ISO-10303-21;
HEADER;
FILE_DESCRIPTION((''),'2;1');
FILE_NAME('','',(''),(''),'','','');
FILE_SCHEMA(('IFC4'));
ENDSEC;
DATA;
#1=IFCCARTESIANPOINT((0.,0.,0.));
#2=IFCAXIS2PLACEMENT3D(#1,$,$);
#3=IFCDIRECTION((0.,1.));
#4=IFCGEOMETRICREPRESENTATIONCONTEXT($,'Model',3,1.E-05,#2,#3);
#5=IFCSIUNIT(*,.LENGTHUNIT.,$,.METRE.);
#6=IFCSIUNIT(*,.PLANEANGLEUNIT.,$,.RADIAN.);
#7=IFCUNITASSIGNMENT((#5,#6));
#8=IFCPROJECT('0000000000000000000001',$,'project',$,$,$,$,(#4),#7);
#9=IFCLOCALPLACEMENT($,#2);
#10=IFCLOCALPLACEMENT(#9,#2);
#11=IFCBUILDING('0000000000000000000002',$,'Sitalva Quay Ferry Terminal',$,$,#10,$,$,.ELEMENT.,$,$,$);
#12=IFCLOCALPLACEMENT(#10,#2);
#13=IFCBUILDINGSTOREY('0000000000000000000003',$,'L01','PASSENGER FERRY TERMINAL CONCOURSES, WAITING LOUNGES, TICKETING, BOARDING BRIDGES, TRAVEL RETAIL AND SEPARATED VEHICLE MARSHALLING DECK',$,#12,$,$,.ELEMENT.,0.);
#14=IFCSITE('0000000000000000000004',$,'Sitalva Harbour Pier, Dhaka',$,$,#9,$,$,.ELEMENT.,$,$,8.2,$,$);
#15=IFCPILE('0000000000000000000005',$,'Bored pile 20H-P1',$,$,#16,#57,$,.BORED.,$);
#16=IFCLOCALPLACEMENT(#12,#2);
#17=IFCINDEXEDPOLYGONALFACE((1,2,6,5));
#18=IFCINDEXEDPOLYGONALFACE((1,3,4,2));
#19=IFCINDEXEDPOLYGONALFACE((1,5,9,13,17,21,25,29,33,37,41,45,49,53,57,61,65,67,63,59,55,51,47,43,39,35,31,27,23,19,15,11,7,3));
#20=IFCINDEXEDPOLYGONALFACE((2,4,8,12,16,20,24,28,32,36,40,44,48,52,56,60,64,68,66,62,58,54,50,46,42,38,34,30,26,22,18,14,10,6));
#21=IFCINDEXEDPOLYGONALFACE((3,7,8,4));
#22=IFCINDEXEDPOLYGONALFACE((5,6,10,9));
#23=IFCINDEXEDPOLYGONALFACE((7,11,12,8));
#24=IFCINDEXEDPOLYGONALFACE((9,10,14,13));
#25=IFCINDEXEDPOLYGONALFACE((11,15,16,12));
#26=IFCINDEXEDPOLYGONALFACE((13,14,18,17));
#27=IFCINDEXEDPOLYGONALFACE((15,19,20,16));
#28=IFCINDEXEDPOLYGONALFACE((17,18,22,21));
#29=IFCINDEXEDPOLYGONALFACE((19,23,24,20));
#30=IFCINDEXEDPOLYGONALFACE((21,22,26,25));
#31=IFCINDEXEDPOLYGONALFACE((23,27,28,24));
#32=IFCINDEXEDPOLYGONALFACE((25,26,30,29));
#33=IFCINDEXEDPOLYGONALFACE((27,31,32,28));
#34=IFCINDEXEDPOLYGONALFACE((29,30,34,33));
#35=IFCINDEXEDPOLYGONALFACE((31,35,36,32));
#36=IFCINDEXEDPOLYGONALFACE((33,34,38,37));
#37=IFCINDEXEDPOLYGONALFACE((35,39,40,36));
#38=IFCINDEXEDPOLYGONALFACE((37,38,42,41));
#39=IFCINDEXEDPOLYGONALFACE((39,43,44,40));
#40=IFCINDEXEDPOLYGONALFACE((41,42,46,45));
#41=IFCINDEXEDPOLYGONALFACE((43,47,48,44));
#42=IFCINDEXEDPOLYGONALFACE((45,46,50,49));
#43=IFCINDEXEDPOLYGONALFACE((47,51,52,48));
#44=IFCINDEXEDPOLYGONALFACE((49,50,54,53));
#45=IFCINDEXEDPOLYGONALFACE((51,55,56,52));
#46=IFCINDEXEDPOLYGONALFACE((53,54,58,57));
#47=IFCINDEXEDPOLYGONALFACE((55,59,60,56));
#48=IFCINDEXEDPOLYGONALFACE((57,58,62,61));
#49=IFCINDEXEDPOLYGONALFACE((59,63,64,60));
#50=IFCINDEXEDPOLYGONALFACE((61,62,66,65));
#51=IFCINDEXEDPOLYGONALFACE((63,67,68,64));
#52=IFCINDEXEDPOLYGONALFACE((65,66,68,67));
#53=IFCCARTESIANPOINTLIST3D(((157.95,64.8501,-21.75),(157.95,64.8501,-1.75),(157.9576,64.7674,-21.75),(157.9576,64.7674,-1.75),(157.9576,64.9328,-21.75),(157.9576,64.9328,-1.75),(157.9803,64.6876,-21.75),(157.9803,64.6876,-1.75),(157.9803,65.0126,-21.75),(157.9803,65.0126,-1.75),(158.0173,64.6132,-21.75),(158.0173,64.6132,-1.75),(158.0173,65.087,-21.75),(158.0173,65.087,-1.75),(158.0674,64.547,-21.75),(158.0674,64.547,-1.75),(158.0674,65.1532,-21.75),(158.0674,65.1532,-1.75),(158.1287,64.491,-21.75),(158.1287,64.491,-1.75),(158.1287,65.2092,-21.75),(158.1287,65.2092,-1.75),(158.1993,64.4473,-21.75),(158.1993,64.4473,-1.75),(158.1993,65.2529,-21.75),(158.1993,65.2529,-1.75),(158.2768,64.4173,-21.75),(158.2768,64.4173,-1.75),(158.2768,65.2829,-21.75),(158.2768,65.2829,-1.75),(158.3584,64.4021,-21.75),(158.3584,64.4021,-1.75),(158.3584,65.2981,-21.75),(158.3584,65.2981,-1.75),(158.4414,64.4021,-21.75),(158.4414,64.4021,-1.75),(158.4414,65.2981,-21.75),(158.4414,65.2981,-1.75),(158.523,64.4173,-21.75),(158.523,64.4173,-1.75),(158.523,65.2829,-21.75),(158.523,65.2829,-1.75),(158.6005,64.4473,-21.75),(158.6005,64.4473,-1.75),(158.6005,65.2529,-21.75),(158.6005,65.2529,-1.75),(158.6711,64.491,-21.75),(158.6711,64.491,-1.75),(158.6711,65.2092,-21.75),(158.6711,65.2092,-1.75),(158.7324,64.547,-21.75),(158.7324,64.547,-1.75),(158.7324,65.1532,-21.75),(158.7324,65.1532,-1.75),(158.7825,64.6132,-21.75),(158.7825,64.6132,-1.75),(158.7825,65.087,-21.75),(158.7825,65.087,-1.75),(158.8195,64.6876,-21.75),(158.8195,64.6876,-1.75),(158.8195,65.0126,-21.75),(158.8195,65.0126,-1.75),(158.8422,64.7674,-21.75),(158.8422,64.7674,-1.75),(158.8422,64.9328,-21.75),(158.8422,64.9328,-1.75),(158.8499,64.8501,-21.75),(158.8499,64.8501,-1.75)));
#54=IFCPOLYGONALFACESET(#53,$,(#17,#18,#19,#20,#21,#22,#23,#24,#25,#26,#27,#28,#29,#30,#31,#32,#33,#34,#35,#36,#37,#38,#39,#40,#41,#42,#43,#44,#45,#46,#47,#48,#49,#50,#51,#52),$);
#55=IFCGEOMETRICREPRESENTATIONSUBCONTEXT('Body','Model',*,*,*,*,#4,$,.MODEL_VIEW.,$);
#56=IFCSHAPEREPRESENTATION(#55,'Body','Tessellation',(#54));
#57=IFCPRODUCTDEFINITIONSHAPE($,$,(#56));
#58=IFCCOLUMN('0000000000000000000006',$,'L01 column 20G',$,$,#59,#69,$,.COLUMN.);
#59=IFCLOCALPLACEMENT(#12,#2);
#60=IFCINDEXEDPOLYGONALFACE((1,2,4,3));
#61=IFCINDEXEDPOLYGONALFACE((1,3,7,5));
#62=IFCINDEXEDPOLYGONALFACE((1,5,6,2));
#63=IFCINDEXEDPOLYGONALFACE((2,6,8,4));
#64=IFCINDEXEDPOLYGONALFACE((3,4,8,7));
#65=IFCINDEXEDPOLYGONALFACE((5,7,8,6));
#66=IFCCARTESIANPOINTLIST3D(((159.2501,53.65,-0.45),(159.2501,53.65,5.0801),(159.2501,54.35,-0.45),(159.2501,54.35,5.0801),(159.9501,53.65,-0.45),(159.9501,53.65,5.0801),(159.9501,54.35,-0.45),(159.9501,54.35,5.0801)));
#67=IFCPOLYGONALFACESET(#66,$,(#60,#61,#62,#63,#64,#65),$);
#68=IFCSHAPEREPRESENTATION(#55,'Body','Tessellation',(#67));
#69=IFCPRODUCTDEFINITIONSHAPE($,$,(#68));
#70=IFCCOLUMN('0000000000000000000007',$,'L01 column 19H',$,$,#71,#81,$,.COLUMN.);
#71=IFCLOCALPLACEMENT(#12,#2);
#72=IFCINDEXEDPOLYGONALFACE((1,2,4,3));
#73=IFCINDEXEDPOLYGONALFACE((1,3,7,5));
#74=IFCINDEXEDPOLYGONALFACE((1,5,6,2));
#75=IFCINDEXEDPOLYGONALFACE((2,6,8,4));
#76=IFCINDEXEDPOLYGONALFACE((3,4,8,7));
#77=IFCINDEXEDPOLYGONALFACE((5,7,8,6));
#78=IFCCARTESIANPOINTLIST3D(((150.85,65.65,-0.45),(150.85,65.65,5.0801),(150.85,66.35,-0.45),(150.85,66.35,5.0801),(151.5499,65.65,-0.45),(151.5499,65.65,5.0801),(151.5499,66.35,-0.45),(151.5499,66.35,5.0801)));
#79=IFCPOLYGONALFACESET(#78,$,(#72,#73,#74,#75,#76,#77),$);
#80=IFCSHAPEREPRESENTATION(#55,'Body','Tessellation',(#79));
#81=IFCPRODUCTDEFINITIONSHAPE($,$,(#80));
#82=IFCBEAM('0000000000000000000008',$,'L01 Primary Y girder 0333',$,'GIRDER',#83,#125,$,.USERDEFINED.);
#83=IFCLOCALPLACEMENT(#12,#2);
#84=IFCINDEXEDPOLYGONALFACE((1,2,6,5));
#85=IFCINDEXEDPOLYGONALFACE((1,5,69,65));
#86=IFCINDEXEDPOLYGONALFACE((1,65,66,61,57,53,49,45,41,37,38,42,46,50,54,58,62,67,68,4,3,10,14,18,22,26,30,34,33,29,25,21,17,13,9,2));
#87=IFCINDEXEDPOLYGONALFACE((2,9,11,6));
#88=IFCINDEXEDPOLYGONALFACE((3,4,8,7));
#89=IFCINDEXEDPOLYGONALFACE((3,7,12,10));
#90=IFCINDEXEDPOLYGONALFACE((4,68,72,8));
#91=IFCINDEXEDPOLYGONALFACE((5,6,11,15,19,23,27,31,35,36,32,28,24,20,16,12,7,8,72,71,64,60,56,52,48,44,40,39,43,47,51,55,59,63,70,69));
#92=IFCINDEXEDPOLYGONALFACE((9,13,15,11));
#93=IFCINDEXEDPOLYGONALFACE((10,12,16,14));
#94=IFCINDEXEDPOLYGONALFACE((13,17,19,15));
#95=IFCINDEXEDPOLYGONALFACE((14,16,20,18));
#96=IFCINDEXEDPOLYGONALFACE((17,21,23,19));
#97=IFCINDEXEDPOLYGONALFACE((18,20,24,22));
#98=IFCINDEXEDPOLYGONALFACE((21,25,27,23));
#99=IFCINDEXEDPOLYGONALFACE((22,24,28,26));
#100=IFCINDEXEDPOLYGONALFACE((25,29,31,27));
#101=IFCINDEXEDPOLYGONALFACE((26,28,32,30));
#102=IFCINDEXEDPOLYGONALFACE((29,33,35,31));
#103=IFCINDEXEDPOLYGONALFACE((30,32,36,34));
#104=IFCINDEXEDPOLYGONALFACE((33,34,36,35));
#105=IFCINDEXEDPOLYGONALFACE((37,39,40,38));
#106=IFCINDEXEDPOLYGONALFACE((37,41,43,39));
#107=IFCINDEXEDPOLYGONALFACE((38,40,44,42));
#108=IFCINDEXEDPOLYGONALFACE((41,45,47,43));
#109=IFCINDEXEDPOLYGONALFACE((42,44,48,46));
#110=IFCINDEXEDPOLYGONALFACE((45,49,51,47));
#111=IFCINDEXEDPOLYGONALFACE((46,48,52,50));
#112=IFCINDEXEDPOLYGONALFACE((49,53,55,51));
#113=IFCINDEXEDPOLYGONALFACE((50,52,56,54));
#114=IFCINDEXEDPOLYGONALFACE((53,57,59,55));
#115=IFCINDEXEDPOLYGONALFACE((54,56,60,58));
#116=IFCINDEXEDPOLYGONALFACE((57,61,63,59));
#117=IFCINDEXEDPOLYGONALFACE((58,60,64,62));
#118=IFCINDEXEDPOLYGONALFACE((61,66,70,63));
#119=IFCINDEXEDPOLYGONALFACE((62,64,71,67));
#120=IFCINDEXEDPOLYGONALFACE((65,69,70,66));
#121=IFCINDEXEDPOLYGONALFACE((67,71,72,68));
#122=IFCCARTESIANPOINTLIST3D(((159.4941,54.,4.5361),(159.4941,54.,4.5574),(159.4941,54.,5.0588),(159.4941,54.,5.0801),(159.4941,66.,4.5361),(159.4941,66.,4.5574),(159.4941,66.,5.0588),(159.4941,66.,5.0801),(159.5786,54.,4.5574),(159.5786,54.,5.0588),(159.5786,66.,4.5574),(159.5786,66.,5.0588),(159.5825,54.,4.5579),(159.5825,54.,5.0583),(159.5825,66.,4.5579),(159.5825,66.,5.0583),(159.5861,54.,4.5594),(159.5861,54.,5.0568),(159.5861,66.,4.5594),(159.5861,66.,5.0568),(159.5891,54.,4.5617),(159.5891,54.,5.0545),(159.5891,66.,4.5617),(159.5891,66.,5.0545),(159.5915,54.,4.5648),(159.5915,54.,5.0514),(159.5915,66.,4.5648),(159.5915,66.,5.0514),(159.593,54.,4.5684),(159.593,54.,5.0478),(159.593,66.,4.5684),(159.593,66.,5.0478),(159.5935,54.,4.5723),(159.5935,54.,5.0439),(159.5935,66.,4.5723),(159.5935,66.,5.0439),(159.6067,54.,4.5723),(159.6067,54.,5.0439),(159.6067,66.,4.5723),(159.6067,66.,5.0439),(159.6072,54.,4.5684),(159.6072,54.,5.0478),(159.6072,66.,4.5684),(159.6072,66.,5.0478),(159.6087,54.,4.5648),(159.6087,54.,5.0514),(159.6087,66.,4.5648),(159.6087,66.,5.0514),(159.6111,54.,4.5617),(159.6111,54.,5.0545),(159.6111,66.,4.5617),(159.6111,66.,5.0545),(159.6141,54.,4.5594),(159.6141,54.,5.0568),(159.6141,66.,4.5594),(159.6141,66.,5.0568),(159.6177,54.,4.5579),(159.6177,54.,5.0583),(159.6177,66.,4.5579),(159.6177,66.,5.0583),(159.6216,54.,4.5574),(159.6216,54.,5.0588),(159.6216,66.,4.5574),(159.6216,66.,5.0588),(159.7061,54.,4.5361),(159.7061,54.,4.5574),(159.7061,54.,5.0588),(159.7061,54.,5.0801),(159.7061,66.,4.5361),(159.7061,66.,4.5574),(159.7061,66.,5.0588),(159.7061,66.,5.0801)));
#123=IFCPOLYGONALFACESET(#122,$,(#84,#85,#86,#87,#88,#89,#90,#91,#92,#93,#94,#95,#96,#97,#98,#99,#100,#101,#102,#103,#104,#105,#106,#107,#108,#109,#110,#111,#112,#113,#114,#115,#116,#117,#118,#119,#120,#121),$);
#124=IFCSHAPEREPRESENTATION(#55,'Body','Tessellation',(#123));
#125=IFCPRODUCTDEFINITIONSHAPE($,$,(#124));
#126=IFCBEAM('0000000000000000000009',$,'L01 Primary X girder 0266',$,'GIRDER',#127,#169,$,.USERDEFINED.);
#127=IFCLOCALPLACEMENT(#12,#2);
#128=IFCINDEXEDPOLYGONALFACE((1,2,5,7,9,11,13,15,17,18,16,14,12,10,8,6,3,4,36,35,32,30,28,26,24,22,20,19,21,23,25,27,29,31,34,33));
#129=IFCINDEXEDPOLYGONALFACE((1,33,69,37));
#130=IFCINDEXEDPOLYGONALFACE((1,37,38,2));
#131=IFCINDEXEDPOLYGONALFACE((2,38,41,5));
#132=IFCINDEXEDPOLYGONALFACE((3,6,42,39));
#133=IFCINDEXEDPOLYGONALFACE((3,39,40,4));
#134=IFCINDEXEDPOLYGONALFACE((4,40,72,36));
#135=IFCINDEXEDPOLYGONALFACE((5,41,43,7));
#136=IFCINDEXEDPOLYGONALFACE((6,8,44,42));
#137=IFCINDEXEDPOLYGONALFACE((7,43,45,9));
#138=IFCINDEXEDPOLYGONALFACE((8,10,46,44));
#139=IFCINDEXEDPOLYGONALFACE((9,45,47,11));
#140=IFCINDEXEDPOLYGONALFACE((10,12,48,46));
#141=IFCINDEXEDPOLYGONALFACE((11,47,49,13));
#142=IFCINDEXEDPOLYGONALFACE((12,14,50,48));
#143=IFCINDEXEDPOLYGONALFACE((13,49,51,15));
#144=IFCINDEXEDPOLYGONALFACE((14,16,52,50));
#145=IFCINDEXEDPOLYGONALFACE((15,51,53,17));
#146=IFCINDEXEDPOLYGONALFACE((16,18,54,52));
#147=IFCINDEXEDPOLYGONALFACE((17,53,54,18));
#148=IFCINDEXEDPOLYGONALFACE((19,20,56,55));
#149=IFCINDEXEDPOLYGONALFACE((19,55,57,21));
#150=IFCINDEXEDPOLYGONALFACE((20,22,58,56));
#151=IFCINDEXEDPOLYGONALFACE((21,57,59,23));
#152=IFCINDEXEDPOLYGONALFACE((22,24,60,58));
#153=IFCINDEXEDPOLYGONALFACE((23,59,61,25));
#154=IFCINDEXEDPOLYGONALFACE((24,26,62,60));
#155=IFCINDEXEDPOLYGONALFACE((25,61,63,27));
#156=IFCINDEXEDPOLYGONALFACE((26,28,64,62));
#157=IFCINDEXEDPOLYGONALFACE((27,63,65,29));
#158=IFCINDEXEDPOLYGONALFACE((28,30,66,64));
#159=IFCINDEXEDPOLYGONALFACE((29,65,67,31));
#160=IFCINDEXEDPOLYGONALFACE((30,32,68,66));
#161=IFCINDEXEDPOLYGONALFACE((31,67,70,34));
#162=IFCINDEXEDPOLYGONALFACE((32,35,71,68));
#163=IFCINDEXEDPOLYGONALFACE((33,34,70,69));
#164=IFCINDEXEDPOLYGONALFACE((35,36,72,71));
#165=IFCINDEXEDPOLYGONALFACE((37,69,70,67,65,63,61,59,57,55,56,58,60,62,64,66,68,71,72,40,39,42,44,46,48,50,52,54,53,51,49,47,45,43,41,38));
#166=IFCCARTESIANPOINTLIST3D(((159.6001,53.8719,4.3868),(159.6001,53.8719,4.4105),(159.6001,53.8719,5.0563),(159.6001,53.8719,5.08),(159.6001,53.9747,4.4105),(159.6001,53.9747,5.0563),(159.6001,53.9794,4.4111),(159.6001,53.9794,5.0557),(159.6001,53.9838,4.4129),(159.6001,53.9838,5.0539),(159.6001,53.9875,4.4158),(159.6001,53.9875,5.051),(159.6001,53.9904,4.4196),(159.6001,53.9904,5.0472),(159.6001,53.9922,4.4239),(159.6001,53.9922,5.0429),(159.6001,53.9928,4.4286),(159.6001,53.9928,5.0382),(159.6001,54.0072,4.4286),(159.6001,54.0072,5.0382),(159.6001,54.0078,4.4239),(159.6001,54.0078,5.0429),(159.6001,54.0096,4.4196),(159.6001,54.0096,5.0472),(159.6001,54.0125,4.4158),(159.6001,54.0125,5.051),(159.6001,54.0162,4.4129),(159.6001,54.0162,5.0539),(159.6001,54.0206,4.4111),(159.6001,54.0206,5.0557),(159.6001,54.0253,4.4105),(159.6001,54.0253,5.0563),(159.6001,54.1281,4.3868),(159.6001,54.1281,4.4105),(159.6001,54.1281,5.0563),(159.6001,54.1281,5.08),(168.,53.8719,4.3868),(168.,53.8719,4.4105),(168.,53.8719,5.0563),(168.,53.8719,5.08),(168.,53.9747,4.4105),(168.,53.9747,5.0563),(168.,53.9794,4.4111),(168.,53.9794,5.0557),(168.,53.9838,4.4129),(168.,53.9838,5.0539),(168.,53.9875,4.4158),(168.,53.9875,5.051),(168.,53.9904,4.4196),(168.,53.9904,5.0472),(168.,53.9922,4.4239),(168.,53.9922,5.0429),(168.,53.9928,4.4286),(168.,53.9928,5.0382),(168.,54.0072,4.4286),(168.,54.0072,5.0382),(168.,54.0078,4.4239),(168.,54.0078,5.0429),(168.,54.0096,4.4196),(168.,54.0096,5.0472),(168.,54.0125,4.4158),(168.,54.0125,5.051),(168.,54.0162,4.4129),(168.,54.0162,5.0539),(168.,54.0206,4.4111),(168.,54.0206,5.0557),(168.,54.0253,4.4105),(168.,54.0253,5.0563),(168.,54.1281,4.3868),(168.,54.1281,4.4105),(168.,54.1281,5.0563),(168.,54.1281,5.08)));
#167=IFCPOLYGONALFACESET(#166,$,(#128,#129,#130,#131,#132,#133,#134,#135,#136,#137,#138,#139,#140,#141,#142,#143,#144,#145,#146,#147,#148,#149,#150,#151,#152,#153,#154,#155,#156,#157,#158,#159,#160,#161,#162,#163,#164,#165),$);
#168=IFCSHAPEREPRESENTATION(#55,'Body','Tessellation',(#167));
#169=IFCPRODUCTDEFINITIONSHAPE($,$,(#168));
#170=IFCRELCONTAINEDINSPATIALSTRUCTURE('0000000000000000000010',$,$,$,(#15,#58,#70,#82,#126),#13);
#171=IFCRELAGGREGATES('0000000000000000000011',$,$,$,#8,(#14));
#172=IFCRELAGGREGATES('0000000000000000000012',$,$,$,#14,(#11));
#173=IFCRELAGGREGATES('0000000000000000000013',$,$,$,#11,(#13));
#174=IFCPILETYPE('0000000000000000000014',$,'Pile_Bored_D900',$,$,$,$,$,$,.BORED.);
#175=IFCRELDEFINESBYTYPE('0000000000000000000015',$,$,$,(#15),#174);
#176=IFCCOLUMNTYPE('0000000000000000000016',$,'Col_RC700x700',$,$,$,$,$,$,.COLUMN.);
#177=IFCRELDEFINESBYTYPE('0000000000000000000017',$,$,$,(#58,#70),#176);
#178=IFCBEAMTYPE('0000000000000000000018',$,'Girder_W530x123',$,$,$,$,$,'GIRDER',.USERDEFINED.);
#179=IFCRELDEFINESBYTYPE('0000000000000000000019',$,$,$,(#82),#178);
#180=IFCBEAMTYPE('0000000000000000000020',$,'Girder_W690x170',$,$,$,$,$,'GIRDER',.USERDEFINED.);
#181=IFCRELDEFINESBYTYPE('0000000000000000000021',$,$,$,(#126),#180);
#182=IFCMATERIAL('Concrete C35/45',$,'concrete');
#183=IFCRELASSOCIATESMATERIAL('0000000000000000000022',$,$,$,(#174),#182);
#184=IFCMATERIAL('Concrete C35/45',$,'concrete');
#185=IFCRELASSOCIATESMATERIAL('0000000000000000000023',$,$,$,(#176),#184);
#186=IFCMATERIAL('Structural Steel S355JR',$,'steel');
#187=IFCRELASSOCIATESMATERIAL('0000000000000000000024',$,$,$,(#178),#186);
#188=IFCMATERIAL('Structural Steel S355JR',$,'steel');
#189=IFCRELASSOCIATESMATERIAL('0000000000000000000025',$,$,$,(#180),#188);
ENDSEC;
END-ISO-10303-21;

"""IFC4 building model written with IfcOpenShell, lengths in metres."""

from ifc_helpers import new_model, si_unit, direction, frame, origin, origin_2d, place, context, subcontext, project, spatial, rectangle, circle, i_section, extrude, material, material_profile, profile_set, type_object, element, save


model = new_model("IFC4")

# Units and contexts
model_context = context("Model", 3, precision=1e-05, world=origin(), true_north=direction((0.0, 1.0)))
body_context = subcontext(model_context, "Body", "Model", "MODEL_VIEW")
ifc_project = project(units=[si_unit("LENGTHUNIT", "METRE"), si_unit("PLANEANGLEUNIT", "RADIAN")], contexts=[model_context])

# Site, building, storey
site_placement = place(None, origin())
site = spatial("IfcSite", under=ifc_project, at=site_placement, Name="Sitalva Harbour Pier, Dhaka", CompositionType="ELEMENT", RefElevation=8.2)
building_placement = place(site_placement, origin())
building = spatial("IfcBuilding", under=site, at=building_placement, Name="Sitalva Quay Ferry Terminal", CompositionType="ELEMENT")
storey_placement = place(building_placement, origin())
storey = spatial("IfcBuildingStorey", under=building, at=storey_placement, Name="L01", Description="PASSENGER FERRY TERMINAL CONCOURSES, WAITING LOUNGES, TICKETING, BOARDING BRIDGES, TRAVEL RETAIL AND SEPARATED VEHICLE MARSHALLING DECK", CompositionType="ELEMENT", Elevation=0.0)

# Pile
ifc_material_1 = material(Name="Concrete C35/45", Category="concrete")
ifc_material_profile_1 = material_profile(ifc_material_1, circle(Radius=0.45, at=origin_2d()), Name="PILE-D900")
ifc_profile_set_1 = profile_set([ifc_material_profile_1], Name="Concrete C35/45")
pile_type = type_object("IfcPileType", Name="Pile_Bored_D900", PredefinedType="BORED", material=ifc_profile_set_1)
for number, where, z_axis, x_axis, name in (
    (1, (158.3999, 64.8501, -1.75), (0.0, 0.0, -1.0), (1.0, 0.0, 0.0), "Bored pile 20H-P1"),
):
    element("IfcPile", number, at=place(storey_placement, frame(where, z_axis=z_axis, x_axis=x_axis)), inside=storey, type_object=pile_type, Name=name, PredefinedType="BORED", context=body_context, shape_type="SweptSolid", body=[
        extrude(circle(Radius=0.45, at=origin_2d()), origin(), (0.0, 0.0, 1.0), 20.0),
    ])

# Columns
ifc_material_2 = material(Name="Concrete C35/45", Category="concrete")
ifc_material_profile_2 = material_profile(ifc_material_2, rectangle(XDim=0.7, YDim=0.7, at=origin_2d()), Name="RC700x700")
ifc_profile_set_2 = profile_set([ifc_material_profile_2], Name="Concrete C35/45")
column_type = type_object("IfcColumnType", Name="Col_RC700x700", PredefinedType="COLUMN", material=ifc_profile_set_2)
for number, where, z_axis, x_axis, name in (
    (2, (159.6001, 54.0, -0.45), (0.0, 0.0, 1.0), (1.0, 0.0, 0.0), "L01 column 20G"),
    (3, (151.2, 66.0, -0.45), (0.0, 0.0, 1.0), (1.0, 0.0, 0.0), "L01 column 19H"),
):
    element("IfcColumn", number, at=place(storey_placement, frame(where, z_axis=z_axis, x_axis=x_axis)), inside=storey, type_object=column_type, Name=name, PredefinedType="COLUMN", context=body_context, shape_type="SweptSolid", body=[
        extrude(rectangle(XDim=0.7, YDim=0.7, at=origin_2d()), origin(), (0.0, 0.0, 1.0), 5.53),
    ])

# Beams
ifc_material_3 = material(Name="Structural Steel S355JR", Category="steel")
ifc_material_profile_3 = material_profile(ifc_material_3, i_section(OverallWidth=0.2119, OverallDepth=0.5439, WebThickness=0.0132, FlangeThickness=0.0212, FilletRadius=0.0149, at=origin_2d()), Name="W530x123")
ifc_profile_set_3 = profile_set([ifc_material_profile_3], Name="Structural Steel S355JR")
beam_type_1 = type_object("IfcBeamType", Name="Girder_W530x123", ElementType="GIRDER", PredefinedType="USERDEFINED", material=ifc_profile_set_3)
beam_1_placement = place(storey_placement, frame((159.6001, 54.0, 4.8081), z_axis=(0.0, 1.0, 0.0), x_axis=(-1.0, 0.0, 0.0)))
element("IfcBeam", 4, at=beam_1_placement, inside=storey, type_object=beam_type_1, Name="L01 Primary Y girder 0333", ObjectType="GIRDER", PredefinedType="USERDEFINED", context=body_context, shape_type="SweptSolid", body=[
    extrude(i_section(OverallWidth=0.2119, OverallDepth=0.5439, WebThickness=0.0132, FlangeThickness=0.0212, FilletRadius=0.0149, at=origin_2d()), origin(), (0.0, 0.0, 1.0), 12.0),
])
ifc_material_4 = material(Name="Structural Steel S355JR", Category="steel")
ifc_material_profile_4 = material_profile(ifc_material_4, i_section(OverallWidth=0.2561, OverallDepth=0.6931, WebThickness=0.0144, FlangeThickness=0.0237, FilletRadius=0.0181, at=origin_2d()), Name="W690x170")
ifc_profile_set_4 = profile_set([ifc_material_profile_4], Name="Structural Steel S355JR")
beam_type_2 = type_object("IfcBeamType", Name="Girder_W690x170", ElementType="GIRDER", PredefinedType="USERDEFINED", material=ifc_profile_set_4)
beam_2_placement = place(storey_placement, frame((159.6001, 54.0, 4.7334), z_axis=(1.0, 0.0, 0.0), x_axis=(0.0, 1.0, 0.0)))
element("IfcBeam", 5, at=beam_2_placement, inside=storey, type_object=beam_type_2, Name="L01 Primary X girder 0266", ObjectType="GIRDER", PredefinedType="USERDEFINED", context=body_context, shape_type="SweptSolid", body=[
    extrude(i_section(OverallWidth=0.2561, OverallDepth=0.6931, WebThickness=0.0144, FlangeThickness=0.0237, FilletRadius=0.0181, at=origin_2d()), origin(), (0.0, 0.0, 1.0), 8.3999),
])

save(model, "model.ifc")
